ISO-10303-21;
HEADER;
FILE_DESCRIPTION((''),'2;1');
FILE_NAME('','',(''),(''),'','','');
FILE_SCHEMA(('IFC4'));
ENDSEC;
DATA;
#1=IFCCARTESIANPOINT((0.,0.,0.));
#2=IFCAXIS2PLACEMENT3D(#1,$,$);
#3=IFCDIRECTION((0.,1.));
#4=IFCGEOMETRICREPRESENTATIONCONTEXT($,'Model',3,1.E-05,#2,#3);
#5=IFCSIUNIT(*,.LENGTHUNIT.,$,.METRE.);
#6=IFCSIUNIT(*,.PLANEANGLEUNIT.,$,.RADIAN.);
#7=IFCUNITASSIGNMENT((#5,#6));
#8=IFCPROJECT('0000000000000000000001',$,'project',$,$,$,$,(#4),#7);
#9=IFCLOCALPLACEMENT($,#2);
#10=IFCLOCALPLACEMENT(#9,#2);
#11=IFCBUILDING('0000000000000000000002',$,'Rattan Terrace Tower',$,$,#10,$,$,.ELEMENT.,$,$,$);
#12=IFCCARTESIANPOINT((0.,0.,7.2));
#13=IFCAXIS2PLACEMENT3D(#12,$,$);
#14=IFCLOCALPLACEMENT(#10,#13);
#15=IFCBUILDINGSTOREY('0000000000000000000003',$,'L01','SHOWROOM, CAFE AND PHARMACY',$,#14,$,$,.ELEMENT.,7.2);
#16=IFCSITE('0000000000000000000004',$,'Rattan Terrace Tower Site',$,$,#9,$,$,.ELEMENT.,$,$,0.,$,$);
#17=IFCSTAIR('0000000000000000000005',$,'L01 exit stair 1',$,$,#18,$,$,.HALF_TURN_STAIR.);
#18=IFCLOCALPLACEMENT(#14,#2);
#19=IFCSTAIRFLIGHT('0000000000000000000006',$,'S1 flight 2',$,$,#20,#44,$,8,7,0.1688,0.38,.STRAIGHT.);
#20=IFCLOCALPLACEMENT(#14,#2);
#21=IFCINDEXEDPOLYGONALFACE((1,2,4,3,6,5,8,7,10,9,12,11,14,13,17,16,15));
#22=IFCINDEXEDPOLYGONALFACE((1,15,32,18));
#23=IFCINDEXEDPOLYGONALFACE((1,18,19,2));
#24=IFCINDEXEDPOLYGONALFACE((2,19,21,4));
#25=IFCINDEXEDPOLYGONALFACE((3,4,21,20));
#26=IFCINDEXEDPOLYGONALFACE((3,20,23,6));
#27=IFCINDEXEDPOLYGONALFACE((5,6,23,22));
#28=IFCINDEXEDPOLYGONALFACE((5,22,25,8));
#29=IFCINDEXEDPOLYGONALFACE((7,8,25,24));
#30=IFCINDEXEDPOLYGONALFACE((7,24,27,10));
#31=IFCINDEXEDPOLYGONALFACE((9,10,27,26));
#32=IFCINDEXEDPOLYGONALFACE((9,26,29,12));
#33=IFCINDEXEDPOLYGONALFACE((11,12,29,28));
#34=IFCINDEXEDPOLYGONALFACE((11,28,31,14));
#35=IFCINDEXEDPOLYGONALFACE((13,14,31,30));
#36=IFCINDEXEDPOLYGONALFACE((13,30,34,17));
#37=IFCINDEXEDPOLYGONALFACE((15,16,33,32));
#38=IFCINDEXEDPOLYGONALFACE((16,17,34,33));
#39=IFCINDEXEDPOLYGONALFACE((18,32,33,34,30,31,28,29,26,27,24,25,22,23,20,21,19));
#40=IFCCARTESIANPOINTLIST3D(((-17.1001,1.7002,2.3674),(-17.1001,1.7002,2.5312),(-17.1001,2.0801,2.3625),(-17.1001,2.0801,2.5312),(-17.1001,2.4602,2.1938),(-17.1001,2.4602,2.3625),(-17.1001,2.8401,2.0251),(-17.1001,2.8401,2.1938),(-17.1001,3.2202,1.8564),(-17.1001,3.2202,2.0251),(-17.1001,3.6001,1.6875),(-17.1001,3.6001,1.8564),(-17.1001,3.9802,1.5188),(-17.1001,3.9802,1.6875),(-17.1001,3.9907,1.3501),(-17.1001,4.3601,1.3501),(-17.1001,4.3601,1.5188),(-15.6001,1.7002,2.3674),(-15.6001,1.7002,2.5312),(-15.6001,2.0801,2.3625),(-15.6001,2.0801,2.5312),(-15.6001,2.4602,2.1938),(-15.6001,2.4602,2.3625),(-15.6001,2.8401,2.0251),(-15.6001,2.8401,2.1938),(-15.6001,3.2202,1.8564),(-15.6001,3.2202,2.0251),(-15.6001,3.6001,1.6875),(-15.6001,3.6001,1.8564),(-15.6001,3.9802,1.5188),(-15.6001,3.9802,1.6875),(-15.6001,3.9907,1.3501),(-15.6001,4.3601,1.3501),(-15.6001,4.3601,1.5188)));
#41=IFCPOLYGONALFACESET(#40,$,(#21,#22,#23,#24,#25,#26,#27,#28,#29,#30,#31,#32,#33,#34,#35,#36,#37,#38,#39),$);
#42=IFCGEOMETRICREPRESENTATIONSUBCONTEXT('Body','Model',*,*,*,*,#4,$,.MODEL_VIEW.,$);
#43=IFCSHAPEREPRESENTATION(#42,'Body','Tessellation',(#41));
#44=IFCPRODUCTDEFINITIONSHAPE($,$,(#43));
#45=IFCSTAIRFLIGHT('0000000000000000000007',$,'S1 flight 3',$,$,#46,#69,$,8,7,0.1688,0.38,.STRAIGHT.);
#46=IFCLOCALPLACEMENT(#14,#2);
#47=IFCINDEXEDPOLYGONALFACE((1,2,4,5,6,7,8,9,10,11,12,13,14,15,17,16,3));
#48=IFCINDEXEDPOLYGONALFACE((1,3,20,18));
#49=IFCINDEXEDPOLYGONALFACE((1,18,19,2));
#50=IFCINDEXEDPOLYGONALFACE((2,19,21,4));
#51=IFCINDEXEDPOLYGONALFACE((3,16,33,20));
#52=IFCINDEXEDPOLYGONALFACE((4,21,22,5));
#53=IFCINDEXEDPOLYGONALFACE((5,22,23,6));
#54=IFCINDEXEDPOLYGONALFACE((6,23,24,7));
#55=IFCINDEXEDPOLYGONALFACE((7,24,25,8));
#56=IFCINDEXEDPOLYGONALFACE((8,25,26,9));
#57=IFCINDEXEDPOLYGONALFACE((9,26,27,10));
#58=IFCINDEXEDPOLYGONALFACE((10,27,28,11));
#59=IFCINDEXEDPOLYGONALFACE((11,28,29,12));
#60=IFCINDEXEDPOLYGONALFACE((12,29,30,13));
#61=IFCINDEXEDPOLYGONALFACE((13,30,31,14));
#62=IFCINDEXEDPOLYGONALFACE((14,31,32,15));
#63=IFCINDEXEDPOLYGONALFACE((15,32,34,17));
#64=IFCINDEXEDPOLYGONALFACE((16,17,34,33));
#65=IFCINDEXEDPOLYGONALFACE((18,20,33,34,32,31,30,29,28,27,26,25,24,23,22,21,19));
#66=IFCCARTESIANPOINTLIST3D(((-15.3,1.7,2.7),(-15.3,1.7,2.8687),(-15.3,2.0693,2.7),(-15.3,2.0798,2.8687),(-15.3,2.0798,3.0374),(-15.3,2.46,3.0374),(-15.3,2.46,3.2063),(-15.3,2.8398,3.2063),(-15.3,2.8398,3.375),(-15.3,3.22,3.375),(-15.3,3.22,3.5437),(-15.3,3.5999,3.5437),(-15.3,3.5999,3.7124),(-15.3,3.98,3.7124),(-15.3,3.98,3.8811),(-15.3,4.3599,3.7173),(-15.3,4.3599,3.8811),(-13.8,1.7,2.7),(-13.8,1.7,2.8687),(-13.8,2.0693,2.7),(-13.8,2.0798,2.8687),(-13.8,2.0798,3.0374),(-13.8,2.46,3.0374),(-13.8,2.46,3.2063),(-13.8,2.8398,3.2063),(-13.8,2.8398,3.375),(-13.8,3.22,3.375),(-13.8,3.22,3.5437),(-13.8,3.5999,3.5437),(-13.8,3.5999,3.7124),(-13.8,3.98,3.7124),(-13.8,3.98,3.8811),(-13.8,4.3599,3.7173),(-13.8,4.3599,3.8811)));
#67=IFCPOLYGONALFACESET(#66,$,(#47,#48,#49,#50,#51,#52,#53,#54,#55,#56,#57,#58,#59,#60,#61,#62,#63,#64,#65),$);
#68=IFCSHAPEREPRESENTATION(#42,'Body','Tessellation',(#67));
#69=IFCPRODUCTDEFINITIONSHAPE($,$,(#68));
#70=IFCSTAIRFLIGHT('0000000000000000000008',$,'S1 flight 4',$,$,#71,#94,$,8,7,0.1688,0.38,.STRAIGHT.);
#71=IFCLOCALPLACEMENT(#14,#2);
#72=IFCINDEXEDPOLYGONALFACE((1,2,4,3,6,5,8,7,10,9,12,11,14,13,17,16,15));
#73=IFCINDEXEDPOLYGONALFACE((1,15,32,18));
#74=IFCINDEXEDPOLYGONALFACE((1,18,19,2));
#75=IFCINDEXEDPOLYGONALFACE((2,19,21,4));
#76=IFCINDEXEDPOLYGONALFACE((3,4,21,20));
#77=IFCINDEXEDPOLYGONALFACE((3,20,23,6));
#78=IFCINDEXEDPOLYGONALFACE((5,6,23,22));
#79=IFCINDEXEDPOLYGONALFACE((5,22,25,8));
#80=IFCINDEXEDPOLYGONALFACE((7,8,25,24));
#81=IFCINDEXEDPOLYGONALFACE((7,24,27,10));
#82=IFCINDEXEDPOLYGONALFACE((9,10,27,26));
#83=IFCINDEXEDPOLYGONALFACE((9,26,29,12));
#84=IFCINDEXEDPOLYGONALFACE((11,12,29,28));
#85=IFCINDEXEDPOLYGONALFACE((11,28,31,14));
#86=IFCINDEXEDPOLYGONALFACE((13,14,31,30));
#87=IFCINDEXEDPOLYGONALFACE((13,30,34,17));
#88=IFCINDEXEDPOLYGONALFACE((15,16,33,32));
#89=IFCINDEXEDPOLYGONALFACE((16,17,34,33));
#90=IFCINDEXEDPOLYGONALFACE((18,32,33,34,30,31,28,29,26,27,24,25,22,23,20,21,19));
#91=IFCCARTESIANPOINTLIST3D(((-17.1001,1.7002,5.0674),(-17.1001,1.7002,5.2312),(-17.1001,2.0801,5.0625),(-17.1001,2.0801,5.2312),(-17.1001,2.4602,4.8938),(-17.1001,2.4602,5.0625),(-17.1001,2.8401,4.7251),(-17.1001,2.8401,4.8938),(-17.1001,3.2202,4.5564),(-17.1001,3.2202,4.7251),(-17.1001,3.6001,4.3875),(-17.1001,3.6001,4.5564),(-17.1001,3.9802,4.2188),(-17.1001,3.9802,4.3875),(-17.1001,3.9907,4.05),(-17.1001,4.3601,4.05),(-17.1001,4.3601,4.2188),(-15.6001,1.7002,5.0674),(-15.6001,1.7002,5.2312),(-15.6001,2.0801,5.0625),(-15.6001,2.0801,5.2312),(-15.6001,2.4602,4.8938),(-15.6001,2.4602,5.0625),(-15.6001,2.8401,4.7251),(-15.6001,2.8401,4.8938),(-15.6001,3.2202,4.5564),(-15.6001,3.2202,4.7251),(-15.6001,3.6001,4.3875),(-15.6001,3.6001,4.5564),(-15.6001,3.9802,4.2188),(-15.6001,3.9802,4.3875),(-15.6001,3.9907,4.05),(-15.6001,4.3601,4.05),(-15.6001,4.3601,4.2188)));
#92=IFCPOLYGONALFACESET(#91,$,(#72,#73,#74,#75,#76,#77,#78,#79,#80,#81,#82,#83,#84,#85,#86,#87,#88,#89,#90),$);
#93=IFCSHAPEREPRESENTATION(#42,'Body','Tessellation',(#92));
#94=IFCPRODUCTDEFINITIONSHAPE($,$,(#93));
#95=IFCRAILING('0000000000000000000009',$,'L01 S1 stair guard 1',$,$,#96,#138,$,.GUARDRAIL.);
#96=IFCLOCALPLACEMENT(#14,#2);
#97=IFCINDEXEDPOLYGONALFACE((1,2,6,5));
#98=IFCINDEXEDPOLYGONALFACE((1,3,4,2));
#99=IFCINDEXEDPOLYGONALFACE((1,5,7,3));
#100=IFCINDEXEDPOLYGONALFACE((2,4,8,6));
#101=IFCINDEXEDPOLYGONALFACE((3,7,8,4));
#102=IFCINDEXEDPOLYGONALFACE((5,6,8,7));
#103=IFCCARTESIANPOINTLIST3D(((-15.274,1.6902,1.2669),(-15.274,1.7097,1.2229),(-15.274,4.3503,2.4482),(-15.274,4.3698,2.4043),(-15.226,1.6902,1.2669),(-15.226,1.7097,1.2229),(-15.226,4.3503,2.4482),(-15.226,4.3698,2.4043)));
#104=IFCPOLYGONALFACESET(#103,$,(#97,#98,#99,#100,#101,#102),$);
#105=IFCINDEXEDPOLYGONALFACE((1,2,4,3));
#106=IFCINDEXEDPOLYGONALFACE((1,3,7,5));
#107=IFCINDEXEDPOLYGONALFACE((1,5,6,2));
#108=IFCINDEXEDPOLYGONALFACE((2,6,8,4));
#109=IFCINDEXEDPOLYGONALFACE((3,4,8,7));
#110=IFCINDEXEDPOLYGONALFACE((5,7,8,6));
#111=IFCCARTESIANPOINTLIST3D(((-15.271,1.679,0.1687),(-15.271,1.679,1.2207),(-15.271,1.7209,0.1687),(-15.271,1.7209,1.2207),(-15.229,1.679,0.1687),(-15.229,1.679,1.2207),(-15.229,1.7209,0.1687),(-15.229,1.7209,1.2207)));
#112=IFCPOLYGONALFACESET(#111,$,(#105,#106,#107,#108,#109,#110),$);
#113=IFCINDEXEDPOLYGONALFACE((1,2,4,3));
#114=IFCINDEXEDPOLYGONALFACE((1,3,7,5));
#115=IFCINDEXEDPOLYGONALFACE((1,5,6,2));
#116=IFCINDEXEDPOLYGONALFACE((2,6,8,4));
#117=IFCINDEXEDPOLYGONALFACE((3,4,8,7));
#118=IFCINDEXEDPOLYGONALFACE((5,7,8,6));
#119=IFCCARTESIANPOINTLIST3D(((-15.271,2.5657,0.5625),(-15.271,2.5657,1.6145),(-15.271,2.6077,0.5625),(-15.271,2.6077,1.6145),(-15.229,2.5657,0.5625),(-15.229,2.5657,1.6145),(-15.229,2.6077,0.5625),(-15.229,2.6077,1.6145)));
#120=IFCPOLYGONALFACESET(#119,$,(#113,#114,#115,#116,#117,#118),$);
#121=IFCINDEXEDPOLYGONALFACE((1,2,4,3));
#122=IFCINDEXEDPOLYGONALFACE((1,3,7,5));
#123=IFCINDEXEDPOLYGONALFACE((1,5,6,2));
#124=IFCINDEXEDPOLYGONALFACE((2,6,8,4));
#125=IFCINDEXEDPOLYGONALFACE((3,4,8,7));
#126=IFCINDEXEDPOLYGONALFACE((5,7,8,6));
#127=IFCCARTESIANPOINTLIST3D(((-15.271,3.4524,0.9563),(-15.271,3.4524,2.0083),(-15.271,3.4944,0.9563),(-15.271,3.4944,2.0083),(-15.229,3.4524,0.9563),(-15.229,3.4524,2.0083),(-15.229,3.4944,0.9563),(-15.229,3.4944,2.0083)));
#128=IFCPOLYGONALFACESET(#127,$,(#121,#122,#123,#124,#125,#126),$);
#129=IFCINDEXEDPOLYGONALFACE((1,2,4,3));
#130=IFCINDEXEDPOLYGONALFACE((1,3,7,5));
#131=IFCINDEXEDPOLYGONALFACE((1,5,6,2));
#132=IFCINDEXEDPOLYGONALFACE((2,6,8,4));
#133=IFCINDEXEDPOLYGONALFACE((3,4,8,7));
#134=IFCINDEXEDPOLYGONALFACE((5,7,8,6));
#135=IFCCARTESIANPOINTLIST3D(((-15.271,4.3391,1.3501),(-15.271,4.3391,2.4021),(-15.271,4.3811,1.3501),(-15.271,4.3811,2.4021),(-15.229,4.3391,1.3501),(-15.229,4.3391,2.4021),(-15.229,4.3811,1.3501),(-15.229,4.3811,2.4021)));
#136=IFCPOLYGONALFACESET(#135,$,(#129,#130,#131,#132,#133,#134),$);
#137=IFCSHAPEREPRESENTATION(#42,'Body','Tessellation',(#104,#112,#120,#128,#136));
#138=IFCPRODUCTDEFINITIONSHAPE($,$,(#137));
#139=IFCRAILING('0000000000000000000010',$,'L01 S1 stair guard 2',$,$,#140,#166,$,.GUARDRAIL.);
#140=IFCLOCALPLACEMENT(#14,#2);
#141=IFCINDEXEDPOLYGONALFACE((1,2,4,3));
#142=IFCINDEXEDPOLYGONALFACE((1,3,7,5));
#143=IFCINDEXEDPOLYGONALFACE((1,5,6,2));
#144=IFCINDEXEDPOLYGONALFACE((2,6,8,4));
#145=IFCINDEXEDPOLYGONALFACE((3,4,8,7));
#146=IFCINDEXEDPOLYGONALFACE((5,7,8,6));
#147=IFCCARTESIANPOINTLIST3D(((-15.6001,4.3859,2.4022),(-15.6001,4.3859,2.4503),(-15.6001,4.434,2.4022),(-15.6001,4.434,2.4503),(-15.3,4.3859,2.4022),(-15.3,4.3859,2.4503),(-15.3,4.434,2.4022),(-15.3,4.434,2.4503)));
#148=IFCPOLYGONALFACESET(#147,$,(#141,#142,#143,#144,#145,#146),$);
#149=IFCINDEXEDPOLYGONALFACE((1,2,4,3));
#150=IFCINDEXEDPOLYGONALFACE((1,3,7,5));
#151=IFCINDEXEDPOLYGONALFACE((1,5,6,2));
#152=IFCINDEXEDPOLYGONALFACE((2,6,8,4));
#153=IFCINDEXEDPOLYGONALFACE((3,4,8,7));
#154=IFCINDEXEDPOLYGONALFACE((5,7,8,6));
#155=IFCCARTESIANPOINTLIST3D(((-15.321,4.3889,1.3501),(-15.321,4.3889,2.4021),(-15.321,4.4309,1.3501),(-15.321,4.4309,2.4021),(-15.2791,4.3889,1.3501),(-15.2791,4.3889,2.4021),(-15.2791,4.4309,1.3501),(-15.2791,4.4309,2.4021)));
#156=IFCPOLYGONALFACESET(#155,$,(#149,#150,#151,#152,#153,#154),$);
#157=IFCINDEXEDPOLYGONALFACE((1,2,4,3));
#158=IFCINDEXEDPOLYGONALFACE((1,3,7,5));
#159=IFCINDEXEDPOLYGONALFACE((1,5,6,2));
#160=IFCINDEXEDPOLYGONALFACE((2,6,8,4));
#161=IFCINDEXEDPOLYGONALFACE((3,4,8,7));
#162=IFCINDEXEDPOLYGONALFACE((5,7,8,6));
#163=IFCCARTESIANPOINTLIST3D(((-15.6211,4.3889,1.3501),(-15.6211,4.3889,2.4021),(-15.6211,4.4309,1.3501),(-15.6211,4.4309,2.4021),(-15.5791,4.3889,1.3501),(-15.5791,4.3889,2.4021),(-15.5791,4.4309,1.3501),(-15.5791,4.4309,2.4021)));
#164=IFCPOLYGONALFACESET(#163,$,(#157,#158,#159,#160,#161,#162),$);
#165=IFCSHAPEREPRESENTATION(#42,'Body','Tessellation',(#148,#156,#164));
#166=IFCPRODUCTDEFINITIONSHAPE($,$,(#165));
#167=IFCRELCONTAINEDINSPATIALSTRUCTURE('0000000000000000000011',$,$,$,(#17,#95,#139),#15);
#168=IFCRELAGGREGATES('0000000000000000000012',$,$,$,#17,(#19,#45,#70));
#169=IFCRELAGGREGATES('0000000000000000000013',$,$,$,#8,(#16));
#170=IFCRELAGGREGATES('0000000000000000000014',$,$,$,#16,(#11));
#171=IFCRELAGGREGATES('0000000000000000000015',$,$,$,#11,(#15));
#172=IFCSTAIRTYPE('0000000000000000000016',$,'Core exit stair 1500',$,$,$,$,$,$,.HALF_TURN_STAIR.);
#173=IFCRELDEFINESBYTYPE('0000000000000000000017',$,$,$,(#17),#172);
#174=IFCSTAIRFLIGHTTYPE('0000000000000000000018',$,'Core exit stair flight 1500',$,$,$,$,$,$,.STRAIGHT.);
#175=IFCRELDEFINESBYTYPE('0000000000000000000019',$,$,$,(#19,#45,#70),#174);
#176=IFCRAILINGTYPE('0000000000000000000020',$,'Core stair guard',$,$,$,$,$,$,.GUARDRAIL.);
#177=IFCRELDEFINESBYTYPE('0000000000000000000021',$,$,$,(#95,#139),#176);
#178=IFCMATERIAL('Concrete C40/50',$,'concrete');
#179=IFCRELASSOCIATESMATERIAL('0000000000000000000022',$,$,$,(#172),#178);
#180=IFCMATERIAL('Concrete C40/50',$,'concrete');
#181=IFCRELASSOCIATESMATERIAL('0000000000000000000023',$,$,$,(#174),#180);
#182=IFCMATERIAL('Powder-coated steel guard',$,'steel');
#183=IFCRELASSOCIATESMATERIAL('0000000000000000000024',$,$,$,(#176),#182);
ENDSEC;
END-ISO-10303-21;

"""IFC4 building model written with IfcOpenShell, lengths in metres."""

from ifc_helpers import new_model, si_unit, direction, frame, origin, origin_2d, place, context, subcontext, project, spatial, polyline, rectangle, outline, extrude, material, type_object, element, aggregate, save


model = new_model("IFC4")

# Units and contexts
model_context = context("Model", 3, precision=1e-05, world=origin(), true_north=direction((0.0, 1.0)))
body_context = subcontext(model_context, "Body", "Model", "MODEL_VIEW")
ifc_project = project(units=[si_unit("LENGTHUNIT", "METRE"), si_unit("PLANEANGLEUNIT", "RADIAN")], contexts=[model_context])

# Site, building, storey
site_placement = place(None, origin())
site = spatial("IfcSite", under=ifc_project, at=site_placement, Name="Rattan Terrace Tower Site", CompositionType="ELEMENT", RefElevation=0.0)
building_placement = place(site_placement, origin())
building = spatial("IfcBuilding", under=site, at=building_placement, Name="Rattan Terrace Tower", CompositionType="ELEMENT")
storey_placement = place(building_placement, frame((0.0, 0.0, 7.2)))
storey = spatial("IfcBuildingStorey", under=building, at=storey_placement, Name="L01", Description="SHOWROOM, CAFE AND PHARMACY", CompositionType="ELEMENT", Elevation=7.2)

# Stair, stair flights
ifc_material_1 = material(Name="Concrete C40/50", Category="concrete")
stair_type = type_object("IfcStairType", Name="Core exit stair 1500", PredefinedType="HALF_TURN_STAIR", material=ifc_material_1)
stair_placement = place(storey_placement, origin())
stair = element("IfcStair", 1, at=stair_placement, inside=storey, type_object=stair_type, Name="L01 exit stair 1", PredefinedType="HALF_TURN_STAIR")
ifc_material_2 = material(Name="Concrete C40/50", Category="concrete")
stair_flight_type = type_object("IfcStairFlightType", Name="Core exit stair flight 1500", PredefinedType="STRAIGHT", material=ifc_material_2)
stair_flight_1_placement = place(storey_placement, frame((-16.3501, 4.3601, 1.3501), z_axis=(0.0, 0.0, 1.0), x_axis=(0.0, -1.0, 0.0)))
stair_flight_1 = element("IfcStairFlight", 2, at=stair_flight_1_placement, type_object=stair_flight_type, Name="S1 flight 2", NumberOfRisers=8, NumberOfTreads=7, PredefinedType="STRAIGHT", RiserHeight=0.1688, TreadLength=0.38, context=body_context, shape_type="SweptSolid", body=[
    extrude(outline(polyline([(0.0, 0.0), (0.0, 0.1687), (0.3799, 0.1687), (0.3799, 0.3374), (0.76, 0.3374), (0.76, 0.5063), (1.1399, 0.5063), (1.1399, 0.675), (1.52, 0.675), (1.52, 0.8438), (1.8999, 0.8438), (1.8999, 1.0125), (2.28, 1.0125), (2.28, 1.1812), (2.6599, 1.1812), (2.6599, 1.3501), (2.6599, 1.0173), (0.3694, 0.0), (0.0, 0.0)])), frame((0.0, 0.75, 0.0), z_axis=(0.0, -1.0, 0.0), x_axis=(1.0, 0.0, 0.0)), (0.0, 0.0, 1.0), 1.5),
])
stair_flight_2_placement = place(storey_placement, frame((-14.55, 1.7, 2.7), z_axis=(0.0, 0.0, 1.0), x_axis=(0.0, 1.0, 0.0)))
stair_flight_2 = element("IfcStairFlight", 3, at=stair_flight_2_placement, type_object=stair_flight_type, Name="S1 flight 3", NumberOfRisers=8, NumberOfTreads=7, PredefinedType="STRAIGHT", RiserHeight=0.1688, TreadLength=0.38, context=body_context, shape_type="SweptSolid", body=[
    extrude(outline(polyline([(0.0, 0.0), (0.0, 0.1687), (0.3799, 0.1687), (0.3799, 0.3374), (0.76, 0.3374), (0.76, 0.5063), (1.1399, 0.5063), (1.1399, 0.675), (1.52, 0.675), (1.52, 0.8438), (1.8999, 0.8438), (1.8999, 1.0125), (2.28, 1.0125), (2.28, 1.1812), (2.6599, 1.1812), (2.6599, 1.3501), (2.6599, 1.0173), (0.3694, 0.0), (0.0, 0.0)])), frame((0.0, 0.75, 0.0), z_axis=(0.0, -1.0, 0.0), x_axis=(1.0, 0.0, 0.0)), (0.0, 0.0, 1.0), 1.5),
])
stair_flight_3_placement = place(storey_placement, frame((-16.3501, 4.3601, 4.05), z_axis=(0.0, 0.0, 1.0), x_axis=(0.0, -1.0, 0.0)))
stair_flight_3 = element("IfcStairFlight", 4, at=stair_flight_3_placement, type_object=stair_flight_type, Name="S1 flight 4", NumberOfRisers=8, NumberOfTreads=7, PredefinedType="STRAIGHT", RiserHeight=0.1688, TreadLength=0.38, context=body_context, shape_type="SweptSolid", body=[
    extrude(outline(polyline([(0.0, 0.0), (0.0, 0.1687), (0.3799, 0.1687), (0.3799, 0.3374), (0.76, 0.3374), (0.76, 0.5063), (1.1399, 0.5063), (1.1399, 0.675), (1.52, 0.675), (1.52, 0.8438), (1.8999, 0.8438), (1.8999, 1.0125), (2.28, 1.0125), (2.28, 1.1812), (2.6599, 1.1812), (2.6599, 1.3501), (2.6599, 1.0173), (0.3694, 0.0), (0.0, 0.0)])), frame((0.0, 0.75, 0.0), z_axis=(0.0, -1.0, 0.0), x_axis=(1.0, 0.0, 0.0)), (0.0, 0.0, 1.0), 1.5),
])
aggregate(stair, [stair_flight_1, stair_flight_2, stair_flight_3])

# Railings
ifc_material_3 = material(Name="Powder-coated steel guard", Category="steel")
railing_type_1 = type_object("IfcRailingType", Name="Core stair guard", PredefinedType="GUARDRAIL", material=ifc_material_3)
railing_1_placement = place(storey_placement, frame((-15.25, 1.7, 0.1687)))
element("IfcRailing", 5, at=railing_1_placement, inside=storey, type_object=railing_type_1, Name="L01 S1 stair guard 1", PredefinedType="GUARDRAIL", context=body_context, shape_type="SweptSolid", body=[
    extrude(rectangle(XDim=0.0481, YDim=0.0481, at=origin_2d()), frame((0.0, 0.0, 1.0762), z_axis=(0.0, 0.913926, 0.405882), x_axis=(-1.0, 0.0, 0.0)), (0.0, 0.0, 1.0), 2.9106),
    extrude(rectangle(XDim=0.042, YDim=0.042, at=origin_2d()), origin(), (0.0, 0.0, 1.0), 1.052),
    extrude(rectangle(XDim=0.042, YDim=0.042, at=origin_2d()), frame((0.0, 0.8867, 0.3938)), (0.0, 0.0, 1.0), 1.052),
    extrude(rectangle(XDim=0.042, YDim=0.042, at=origin_2d()), frame((0.0, 1.7734, 0.7876)), (0.0, 0.0, 1.0), 1.052),
    extrude(rectangle(XDim=0.042, YDim=0.042, at=origin_2d()), frame((0.0, 2.6602, 1.1814)), (0.0, 0.0, 1.0), 1.052),
])
railing_2_placement = place(storey_placement, frame((-15.3, 4.4099, 1.3501)))
element("IfcRailing", 6, at=railing_2_placement, inside=storey, type_object=railing_type_1, Name="L01 S1 stair guard 2", PredefinedType="GUARDRAIL", context=body_context, shape_type="SweptSolid", body=[
    extrude(rectangle(XDim=0.0481, YDim=0.0481, at=origin_2d()), frame((0.0, 0.0, 1.0762), z_axis=(-1.0, 0.0, 0.0), x_axis=(0.0, -1.0, 0.0)), (0.0, 0.0, 1.0), 0.3),
    extrude(rectangle(XDim=0.042, YDim=0.042, at=origin_2d()), origin(), (0.0, 0.0, 1.0), 1.052),
    extrude(rectangle(XDim=0.042, YDim=0.042, at=origin_2d()), frame((-0.3, 0.0, 0.0)), (0.0, 0.0, 1.0), 1.052),
])

save(model, "model.ifc")
